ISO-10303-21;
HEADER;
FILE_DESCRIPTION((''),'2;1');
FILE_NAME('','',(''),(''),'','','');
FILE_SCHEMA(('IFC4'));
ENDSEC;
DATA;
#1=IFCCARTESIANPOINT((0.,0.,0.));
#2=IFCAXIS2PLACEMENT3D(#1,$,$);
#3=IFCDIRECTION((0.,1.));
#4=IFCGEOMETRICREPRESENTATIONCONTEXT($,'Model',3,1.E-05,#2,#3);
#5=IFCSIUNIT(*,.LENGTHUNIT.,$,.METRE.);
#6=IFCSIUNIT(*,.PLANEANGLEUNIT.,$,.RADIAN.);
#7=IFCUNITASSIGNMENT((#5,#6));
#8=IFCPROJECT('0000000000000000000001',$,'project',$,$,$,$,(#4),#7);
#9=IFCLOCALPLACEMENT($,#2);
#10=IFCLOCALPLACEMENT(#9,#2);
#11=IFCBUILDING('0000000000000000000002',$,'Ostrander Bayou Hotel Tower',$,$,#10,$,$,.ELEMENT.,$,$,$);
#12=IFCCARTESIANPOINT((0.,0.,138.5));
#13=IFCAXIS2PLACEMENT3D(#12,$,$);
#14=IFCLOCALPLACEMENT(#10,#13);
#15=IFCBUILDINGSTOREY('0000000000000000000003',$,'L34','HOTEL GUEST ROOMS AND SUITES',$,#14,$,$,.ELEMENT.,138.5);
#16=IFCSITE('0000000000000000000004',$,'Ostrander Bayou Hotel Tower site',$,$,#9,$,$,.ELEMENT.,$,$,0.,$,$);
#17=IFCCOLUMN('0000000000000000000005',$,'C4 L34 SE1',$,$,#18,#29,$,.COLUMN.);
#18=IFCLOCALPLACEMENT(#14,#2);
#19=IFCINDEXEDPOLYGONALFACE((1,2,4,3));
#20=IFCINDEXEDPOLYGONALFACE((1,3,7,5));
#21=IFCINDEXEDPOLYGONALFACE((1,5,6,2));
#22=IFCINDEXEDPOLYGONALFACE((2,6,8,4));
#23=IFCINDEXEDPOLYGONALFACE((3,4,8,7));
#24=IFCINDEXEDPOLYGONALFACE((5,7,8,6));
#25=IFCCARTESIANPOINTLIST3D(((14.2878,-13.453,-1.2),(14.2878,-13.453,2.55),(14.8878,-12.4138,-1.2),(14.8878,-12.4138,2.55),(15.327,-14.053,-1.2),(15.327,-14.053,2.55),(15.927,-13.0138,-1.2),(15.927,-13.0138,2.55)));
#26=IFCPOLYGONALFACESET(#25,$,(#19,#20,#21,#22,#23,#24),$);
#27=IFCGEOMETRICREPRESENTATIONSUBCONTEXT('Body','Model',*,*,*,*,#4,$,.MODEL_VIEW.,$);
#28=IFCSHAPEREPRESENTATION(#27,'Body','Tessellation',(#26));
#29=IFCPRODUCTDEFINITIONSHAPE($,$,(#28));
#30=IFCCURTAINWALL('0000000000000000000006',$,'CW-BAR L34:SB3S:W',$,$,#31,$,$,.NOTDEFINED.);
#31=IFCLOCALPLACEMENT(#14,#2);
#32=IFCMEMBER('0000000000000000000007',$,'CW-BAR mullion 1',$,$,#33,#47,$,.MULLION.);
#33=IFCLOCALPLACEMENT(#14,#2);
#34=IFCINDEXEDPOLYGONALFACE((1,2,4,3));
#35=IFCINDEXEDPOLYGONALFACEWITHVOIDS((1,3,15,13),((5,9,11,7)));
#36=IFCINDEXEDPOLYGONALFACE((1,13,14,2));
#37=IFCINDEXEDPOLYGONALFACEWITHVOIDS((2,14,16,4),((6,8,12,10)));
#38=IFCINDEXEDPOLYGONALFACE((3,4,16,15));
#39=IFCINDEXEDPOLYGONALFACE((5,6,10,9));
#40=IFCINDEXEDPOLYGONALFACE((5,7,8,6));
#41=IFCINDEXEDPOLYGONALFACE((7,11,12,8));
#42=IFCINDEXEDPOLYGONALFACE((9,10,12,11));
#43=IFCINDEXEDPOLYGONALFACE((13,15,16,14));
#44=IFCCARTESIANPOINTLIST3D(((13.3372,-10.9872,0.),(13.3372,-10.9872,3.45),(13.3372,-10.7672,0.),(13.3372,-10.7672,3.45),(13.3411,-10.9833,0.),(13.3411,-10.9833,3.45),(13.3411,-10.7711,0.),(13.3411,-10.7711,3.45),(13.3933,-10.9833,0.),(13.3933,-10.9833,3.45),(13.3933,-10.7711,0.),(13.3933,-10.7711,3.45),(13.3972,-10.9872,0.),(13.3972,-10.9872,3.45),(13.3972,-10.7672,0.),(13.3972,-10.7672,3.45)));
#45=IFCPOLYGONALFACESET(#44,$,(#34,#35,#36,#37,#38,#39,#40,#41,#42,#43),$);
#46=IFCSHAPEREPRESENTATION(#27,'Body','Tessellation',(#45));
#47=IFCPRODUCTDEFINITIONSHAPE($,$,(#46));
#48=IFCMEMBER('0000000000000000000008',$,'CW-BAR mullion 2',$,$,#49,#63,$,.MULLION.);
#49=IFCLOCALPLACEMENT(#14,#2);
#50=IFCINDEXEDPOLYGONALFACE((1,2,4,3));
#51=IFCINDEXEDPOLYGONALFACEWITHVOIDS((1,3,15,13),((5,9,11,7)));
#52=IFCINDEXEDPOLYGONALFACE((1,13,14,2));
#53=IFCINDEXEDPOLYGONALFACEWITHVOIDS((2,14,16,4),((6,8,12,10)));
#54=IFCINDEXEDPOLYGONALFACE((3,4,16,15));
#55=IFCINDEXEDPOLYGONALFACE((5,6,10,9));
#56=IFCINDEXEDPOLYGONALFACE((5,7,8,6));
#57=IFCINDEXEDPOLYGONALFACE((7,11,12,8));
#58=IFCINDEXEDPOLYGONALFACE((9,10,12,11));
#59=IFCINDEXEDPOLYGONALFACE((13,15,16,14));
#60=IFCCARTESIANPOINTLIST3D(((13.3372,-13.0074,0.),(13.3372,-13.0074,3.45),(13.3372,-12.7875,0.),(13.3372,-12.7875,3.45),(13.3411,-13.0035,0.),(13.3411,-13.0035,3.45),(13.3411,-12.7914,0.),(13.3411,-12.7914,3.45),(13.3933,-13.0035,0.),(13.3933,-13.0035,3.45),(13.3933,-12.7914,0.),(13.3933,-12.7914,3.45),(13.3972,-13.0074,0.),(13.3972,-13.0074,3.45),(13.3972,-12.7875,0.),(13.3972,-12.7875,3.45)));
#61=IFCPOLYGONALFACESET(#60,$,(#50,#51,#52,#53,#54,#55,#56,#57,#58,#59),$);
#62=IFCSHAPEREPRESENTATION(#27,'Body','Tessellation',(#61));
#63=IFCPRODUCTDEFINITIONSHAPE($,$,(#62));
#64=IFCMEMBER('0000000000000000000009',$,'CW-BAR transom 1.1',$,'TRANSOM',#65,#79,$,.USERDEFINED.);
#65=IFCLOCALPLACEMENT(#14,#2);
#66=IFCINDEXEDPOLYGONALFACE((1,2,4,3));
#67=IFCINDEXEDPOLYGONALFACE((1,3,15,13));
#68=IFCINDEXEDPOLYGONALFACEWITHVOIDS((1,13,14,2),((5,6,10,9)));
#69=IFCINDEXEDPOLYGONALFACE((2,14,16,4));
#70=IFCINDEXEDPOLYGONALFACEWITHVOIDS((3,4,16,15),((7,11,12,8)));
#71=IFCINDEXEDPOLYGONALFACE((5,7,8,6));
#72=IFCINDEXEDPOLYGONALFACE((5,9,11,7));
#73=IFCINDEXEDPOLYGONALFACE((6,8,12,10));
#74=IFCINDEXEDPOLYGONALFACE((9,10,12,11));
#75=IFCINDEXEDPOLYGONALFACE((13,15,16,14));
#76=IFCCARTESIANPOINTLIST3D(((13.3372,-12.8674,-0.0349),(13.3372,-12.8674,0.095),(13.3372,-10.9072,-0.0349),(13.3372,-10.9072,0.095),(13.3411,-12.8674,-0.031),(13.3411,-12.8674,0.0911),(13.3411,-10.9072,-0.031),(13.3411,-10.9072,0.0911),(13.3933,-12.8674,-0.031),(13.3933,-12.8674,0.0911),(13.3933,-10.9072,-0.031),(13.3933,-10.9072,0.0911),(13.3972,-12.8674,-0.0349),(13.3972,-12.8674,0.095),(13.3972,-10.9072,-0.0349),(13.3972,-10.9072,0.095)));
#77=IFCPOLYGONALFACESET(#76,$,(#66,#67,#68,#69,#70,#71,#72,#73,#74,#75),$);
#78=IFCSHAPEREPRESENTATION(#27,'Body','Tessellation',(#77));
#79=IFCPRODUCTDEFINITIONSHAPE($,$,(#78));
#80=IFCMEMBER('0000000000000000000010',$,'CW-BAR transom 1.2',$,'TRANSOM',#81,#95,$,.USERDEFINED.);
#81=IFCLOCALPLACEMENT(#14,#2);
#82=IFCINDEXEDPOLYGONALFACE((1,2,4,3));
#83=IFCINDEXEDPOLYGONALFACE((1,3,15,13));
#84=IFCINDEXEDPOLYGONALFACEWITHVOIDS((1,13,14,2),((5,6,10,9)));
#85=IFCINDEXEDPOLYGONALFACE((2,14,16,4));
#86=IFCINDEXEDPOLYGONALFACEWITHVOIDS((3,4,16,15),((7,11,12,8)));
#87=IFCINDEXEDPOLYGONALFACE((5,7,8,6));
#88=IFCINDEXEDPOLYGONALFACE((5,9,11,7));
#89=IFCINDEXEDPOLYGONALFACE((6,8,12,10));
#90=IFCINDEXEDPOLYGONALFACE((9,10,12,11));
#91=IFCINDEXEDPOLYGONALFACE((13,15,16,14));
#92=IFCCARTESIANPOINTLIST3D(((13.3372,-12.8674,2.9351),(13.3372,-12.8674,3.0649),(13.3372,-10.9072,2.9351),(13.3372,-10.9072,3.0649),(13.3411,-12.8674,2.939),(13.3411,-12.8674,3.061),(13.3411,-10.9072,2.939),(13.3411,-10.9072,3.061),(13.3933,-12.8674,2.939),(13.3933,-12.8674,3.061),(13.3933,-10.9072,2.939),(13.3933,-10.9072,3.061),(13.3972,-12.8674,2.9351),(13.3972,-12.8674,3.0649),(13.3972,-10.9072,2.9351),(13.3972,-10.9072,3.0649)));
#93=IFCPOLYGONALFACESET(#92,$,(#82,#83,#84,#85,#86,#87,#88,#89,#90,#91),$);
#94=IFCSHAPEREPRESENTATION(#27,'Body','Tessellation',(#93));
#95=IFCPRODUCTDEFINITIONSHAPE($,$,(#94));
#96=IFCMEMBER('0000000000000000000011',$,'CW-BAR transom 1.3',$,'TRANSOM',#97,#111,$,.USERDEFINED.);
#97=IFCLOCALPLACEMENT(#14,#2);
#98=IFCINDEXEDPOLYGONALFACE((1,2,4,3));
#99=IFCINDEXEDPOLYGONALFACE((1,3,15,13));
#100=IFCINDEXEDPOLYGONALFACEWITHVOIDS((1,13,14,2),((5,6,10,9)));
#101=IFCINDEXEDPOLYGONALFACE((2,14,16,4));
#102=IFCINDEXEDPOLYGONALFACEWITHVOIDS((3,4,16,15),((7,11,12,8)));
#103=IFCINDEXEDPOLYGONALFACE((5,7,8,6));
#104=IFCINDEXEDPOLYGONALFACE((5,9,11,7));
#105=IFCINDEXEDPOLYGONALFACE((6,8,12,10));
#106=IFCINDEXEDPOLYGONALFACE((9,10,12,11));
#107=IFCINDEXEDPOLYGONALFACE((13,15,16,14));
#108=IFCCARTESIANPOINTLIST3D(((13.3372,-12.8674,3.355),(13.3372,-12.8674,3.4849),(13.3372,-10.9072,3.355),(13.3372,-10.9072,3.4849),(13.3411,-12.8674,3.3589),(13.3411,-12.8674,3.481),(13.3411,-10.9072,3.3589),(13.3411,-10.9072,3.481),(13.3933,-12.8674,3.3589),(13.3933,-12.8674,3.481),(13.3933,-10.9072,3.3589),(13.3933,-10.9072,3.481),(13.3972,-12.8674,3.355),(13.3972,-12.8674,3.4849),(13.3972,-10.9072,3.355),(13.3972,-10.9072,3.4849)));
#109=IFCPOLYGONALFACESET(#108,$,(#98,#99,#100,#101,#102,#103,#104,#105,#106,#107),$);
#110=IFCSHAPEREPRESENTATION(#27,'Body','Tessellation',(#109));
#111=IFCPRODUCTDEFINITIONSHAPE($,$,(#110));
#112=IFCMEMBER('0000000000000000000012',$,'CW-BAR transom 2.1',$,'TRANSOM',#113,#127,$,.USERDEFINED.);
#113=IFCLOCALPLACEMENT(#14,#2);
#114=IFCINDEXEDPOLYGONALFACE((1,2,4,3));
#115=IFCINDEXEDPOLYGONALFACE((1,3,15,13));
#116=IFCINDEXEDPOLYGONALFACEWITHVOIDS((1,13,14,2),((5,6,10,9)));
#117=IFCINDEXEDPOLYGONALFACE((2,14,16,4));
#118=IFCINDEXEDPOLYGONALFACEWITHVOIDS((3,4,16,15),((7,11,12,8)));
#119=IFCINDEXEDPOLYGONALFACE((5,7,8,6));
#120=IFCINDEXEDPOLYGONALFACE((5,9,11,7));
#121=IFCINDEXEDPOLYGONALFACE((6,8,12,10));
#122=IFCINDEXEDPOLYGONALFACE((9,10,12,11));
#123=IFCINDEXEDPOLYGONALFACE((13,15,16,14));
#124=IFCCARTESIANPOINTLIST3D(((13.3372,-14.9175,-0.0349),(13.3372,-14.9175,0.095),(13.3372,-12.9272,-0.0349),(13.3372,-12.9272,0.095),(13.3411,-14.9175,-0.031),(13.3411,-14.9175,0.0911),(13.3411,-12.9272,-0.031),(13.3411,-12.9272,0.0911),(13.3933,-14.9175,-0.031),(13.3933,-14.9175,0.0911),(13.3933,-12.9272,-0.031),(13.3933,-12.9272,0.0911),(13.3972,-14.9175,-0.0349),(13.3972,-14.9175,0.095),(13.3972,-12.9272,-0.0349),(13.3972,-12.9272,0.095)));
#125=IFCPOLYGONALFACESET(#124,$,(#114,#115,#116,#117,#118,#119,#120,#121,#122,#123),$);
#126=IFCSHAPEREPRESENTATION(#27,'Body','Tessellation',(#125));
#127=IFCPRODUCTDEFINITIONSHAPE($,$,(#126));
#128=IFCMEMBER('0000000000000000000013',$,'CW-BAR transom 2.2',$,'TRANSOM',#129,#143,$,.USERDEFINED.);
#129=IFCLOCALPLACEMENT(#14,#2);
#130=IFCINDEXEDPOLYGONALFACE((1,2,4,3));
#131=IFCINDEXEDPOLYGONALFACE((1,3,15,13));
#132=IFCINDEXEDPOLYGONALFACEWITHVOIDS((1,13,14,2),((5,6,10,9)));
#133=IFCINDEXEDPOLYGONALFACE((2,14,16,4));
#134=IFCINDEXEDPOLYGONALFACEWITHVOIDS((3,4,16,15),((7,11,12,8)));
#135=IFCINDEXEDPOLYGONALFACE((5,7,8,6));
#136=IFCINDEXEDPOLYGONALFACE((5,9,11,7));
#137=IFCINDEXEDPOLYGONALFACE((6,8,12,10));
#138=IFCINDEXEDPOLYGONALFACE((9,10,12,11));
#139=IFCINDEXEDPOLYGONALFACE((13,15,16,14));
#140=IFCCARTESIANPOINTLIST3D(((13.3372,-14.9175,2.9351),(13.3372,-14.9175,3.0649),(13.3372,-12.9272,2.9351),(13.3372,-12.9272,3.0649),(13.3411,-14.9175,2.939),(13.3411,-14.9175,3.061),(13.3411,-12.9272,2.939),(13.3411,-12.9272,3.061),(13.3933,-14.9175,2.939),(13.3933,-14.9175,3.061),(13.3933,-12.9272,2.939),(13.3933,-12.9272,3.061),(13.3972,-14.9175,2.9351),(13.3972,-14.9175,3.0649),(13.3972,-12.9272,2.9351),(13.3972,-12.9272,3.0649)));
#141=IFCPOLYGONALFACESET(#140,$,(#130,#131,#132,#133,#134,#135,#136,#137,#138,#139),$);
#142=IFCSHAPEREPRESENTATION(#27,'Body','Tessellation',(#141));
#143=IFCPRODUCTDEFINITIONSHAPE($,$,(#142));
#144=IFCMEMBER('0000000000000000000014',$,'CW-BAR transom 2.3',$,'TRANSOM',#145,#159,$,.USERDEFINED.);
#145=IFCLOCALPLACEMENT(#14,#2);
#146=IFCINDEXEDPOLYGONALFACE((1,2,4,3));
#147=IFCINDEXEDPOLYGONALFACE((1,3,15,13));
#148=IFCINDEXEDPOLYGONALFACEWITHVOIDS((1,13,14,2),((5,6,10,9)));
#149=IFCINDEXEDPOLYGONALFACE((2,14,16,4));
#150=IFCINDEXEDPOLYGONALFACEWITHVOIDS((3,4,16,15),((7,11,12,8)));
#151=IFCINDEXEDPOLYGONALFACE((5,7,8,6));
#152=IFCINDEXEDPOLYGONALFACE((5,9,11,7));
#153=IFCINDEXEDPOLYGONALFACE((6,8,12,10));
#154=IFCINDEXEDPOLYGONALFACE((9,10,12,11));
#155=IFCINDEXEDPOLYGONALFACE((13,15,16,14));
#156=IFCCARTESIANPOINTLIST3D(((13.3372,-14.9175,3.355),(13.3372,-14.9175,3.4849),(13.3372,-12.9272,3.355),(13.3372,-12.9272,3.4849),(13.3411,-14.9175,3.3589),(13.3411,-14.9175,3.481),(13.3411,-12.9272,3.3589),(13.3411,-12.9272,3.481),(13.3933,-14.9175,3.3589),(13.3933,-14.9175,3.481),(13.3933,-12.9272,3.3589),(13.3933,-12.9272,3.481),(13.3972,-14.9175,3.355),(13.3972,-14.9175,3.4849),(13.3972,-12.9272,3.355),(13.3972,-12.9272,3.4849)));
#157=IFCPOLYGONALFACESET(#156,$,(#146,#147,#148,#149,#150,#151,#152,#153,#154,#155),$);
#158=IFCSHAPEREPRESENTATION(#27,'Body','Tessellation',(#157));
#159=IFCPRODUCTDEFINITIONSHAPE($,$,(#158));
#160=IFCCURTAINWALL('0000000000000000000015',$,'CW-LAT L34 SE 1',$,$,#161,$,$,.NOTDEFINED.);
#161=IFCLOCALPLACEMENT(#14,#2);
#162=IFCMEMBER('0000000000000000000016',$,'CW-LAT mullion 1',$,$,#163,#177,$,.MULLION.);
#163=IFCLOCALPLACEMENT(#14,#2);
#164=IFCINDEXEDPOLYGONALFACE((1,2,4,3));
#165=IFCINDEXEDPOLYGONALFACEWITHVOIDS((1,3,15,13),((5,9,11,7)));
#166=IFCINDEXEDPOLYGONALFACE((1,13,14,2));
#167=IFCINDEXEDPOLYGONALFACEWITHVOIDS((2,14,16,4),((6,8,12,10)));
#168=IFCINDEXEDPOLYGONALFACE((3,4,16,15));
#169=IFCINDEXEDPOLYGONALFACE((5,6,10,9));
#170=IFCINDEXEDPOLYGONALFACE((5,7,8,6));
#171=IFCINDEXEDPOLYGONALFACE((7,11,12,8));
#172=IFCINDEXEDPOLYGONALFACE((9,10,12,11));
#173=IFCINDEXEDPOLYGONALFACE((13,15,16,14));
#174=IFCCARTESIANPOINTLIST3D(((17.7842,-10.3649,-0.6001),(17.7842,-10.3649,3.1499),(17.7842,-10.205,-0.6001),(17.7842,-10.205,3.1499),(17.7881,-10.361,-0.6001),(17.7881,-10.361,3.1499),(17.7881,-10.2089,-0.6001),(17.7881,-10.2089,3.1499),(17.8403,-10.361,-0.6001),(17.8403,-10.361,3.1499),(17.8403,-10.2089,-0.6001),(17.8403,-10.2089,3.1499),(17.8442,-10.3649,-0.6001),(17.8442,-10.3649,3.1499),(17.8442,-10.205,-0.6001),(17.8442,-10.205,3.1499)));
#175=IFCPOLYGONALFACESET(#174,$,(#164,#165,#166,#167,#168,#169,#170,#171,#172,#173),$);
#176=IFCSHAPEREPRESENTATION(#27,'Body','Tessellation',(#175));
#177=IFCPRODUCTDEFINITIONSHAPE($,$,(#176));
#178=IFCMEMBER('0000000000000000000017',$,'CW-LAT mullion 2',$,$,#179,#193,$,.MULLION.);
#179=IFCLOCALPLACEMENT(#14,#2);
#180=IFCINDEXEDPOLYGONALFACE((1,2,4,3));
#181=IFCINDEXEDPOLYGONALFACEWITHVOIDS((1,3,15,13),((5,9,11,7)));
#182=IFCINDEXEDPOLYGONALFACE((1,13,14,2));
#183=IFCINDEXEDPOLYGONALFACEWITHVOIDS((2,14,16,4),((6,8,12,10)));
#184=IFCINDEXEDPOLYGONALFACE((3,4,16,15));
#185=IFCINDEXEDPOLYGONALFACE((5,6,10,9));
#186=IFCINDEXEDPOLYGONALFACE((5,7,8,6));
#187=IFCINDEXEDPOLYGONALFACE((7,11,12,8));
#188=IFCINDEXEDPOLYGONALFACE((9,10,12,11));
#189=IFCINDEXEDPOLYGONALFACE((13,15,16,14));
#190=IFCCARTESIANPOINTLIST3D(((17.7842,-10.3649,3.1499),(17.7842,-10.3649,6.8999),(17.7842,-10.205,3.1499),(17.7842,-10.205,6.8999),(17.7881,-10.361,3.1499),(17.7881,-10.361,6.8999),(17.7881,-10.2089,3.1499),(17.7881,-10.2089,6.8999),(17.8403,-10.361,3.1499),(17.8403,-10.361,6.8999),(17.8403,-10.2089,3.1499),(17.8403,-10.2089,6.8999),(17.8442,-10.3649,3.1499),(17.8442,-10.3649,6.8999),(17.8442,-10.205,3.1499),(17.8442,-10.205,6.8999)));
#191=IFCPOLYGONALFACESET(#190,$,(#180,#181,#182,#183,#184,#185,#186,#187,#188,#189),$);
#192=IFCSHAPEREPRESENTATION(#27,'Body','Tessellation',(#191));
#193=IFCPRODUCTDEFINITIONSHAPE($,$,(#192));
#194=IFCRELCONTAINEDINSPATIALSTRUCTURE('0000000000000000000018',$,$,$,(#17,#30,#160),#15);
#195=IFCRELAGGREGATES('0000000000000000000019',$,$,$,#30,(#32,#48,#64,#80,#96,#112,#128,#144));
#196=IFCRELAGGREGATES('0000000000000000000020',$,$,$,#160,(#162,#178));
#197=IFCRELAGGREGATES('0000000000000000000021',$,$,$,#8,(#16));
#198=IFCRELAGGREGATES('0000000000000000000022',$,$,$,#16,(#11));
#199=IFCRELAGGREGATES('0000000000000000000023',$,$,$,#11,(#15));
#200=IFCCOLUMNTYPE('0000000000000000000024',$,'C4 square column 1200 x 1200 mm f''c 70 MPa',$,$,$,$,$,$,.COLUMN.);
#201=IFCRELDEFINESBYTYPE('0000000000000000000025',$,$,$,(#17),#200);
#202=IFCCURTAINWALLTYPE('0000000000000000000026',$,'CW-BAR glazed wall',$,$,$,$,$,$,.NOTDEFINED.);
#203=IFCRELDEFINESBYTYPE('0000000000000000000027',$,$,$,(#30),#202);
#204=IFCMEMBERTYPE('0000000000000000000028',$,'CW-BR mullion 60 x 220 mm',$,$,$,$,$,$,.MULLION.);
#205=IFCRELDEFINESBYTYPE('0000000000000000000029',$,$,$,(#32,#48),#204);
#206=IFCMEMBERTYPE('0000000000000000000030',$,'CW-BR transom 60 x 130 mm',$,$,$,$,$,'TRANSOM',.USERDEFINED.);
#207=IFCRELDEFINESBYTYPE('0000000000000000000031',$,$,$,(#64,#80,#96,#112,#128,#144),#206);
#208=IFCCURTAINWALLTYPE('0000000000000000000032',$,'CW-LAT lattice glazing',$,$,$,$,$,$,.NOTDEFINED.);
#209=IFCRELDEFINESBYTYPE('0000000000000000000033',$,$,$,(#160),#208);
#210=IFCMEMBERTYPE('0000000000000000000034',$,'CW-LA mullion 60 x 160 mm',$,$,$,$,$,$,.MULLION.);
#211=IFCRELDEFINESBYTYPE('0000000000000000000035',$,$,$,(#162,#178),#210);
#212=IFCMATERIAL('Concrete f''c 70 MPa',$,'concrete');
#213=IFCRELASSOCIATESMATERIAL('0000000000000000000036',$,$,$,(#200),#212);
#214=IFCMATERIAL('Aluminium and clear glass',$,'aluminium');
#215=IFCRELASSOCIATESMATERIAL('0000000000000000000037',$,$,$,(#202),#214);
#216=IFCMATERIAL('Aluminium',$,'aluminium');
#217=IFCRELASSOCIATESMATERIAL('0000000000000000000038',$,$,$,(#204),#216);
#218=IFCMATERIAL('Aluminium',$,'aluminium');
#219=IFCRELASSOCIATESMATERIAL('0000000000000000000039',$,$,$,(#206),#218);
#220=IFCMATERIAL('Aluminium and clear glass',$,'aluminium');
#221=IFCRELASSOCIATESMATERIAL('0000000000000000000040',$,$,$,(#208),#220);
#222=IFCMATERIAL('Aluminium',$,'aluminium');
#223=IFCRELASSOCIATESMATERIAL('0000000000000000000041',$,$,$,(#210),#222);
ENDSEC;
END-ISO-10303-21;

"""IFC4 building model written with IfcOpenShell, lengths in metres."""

from ifc_helpers import new_model, si_unit, direction, frame, origin, origin_2d, place, context, subcontext, project, spatial, rectangle, hollow_rectangle, extrude, material, material_profile, profile_set, type_object, element, aggregate, save


model = new_model("IFC4")

# Units and contexts
model_context = context("Model", 3, precision=1e-05, world=origin(), true_north=direction((0.0, 1.0)))
body_context = subcontext(model_context, "Body", "Model", "MODEL_VIEW")
ifc_project = project(units=[si_unit("LENGTHUNIT", "METRE"), si_unit("PLANEANGLEUNIT", "RADIAN")], contexts=[model_context])

# Site, building, storey
site_placement = place(None, origin())
site = spatial("IfcSite", under=ifc_project, at=site_placement, Name="Ostrander Bayou Hotel Tower site", CompositionType="ELEMENT", RefElevation=0.0)
building_placement = place(site_placement, origin())
building = spatial("IfcBuilding", under=site, at=building_placement, Name="Ostrander Bayou Hotel Tower", CompositionType="ELEMENT")
storey_placement = place(building_placement, frame((0.0, 0.0, 138.5)))
storey = spatial("IfcBuildingStorey", under=building, at=storey_placement, Name="L34", Description="HOTEL GUEST ROOMS AND SUITES", CompositionType="ELEMENT", Elevation=138.5)

# Column
ifc_material_1 = material(Name="Concrete f'c 70 MPa", Category="concrete")
ifc_material_profile_1 = material_profile(ifc_material_1, rectangle(XDim=1.2, YDim=1.2, at=origin_2d()))
ifc_profile_set_1 = profile_set([ifc_material_profile_1], Name="Concrete f'c 70 MPa")
column_type = type_object("IfcColumnType", Name="C4 square column 1200 x 1200 mm f'c 70 MPa", PredefinedType="COLUMN", material=ifc_profile_set_1)
column_placement = place(storey_placement, frame((15.1074, -13.2334, -1.2), z_axis=(0.0, 0.0, 1.0), x_axis=(-0.5, -0.866025, 0.0)))
element("IfcColumn", 1, at=column_placement, inside=storey, type_object=column_type, Name="C4 L34 SE1", PredefinedType="COLUMN", context=body_context, shape_type="SweptSolid", body=[
    extrude(rectangle(XDim=1.2, YDim=1.2, at=origin_2d()), origin(), (0.0, 0.0, 1.0), 3.75),
])

# Curtain walls, members
ifc_material_2 = material(Name="Aluminium and clear glass", Category="aluminium")
curtain_wall_type_1 = type_object("IfcCurtainWallType", Name="CW-BAR glazed wall", PredefinedType="NOTDEFINED", material=ifc_material_2)
curtain_wall_1_placement = place(storey_placement, origin())
curtain_wall_1 = element("IfcCurtainWall", 2, at=curtain_wall_1_placement, inside=storey, type_object=curtain_wall_type_1, Name="CW-BAR L34:SB3S:W", PredefinedType="NOTDEFINED")
ifc_material_3 = material(Name="Aluminium", Category="aluminium")
ifc_material_profile_2 = material_profile(ifc_material_3, hollow_rectangle(XDim=0.0601, YDim=0.22, WallThickness=0.0039, at=origin_2d()))
ifc_profile_set_2 = profile_set([ifc_material_profile_2], Name="Aluminium")
member_type_1 = type_object("IfcMemberType", Name="CW-BR mullion 60 x 220 mm", PredefinedType="MULLION", material=ifc_profile_set_2)
member_1_placement = place(storey_placement, frame((13.3672, -10.8772, 0.0), z_axis=(0.0, 0.0, 1.0), x_axis=(1.0, 0.0, 0.0)))
member_1 = element("IfcMember", 3, at=member_1_placement, type_object=member_type_1, Name="CW-BAR mullion 1", PredefinedType="MULLION", context=body_context, shape_type="SweptSolid", body=[
    extrude(hollow_rectangle(XDim=0.0601, YDim=0.22, WallThickness=0.0039, at=origin_2d()), origin(), (0.0, 0.0, 1.0), 3.45),
])
member_2_placement = place(storey_placement, frame((13.3672, -12.8975, 0.0), z_axis=(0.0, 0.0, 1.0), x_axis=(1.0, 0.0, 0.0)))
member_2 = element("IfcMember", 4, at=member_2_placement, type_object=member_type_1, Name="CW-BAR mullion 2", PredefinedType="MULLION", context=body_context, shape_type="SweptSolid", body=[
    extrude(hollow_rectangle(XDim=0.0601, YDim=0.22, WallThickness=0.0039, at=origin_2d()), origin(), (0.0, 0.0, 1.0), 3.45),
])
ifc_material_4 = material(Name="Aluminium", Category="aluminium")
ifc_material_profile_3 = material_profile(ifc_material_4, hollow_rectangle(XDim=0.0601, YDim=0.1299, WallThickness=0.0039, at=origin_2d()))
ifc_profile_set_3 = profile_set([ifc_material_profile_3], Name="Aluminium")
member_type_2 = type_object("IfcMemberType", Name="CW-BR transom 60 x 130 mm", ElementType="TRANSOM", PredefinedType="USERDEFINED", material=ifc_profile_set_3)
member_3_placement = place(storey_placement, frame((13.3672, -10.9072, 0.03), z_axis=(0.0, -1.0, 0.0), x_axis=(1.0, 0.0, 0.0)))
member_3 = element("IfcMember", 5, at=member_3_placement, type_object=member_type_2, Name="CW-BAR transom 1.1", ObjectType="TRANSOM", PredefinedType="USERDEFINED", context=body_context, shape_type="SweptSolid", body=[
    extrude(hollow_rectangle(XDim=0.0601, YDim=0.1299, WallThickness=0.0039, at=origin_2d()), origin(), (0.0, 0.0, 1.0), 1.9602),
])
member_4_placement = place(storey_placement, frame((13.3672, -10.9072, 3.0), z_axis=(0.0, -1.0, 0.0), x_axis=(1.0, 0.0, 0.0)))
member_4 = element("IfcMember", 6, at=member_4_placement, type_object=member_type_2, Name="CW-BAR transom 1.2", ObjectType="TRANSOM", PredefinedType="USERDEFINED", context=body_context, shape_type="SweptSolid", body=[
    extrude(hollow_rectangle(XDim=0.0601, YDim=0.1299, WallThickness=0.0039, at=origin_2d()), origin(), (0.0, 0.0, 1.0), 1.9602),
])
member_5_placement = place(storey_placement, frame((13.3672, -10.9072, 3.4199), z_axis=(0.0, -1.0, 0.0), x_axis=(1.0, 0.0, 0.0)))
member_5 = element("IfcMember", 7, at=member_5_placement, type_object=member_type_2, Name="CW-BAR transom 1.3", ObjectType="TRANSOM", PredefinedType="USERDEFINED", context=body_context, shape_type="SweptSolid", body=[
    extrude(hollow_rectangle(XDim=0.0601, YDim=0.1299, WallThickness=0.0039, at=origin_2d()), origin(), (0.0, 0.0, 1.0), 1.9602),
])
member_6_placement = place(storey_placement, frame((13.3672, -12.9272, 0.03), z_axis=(0.0, -1.0, 0.0), x_axis=(1.0, 0.0, 0.0)))
member_6 = element("IfcMember", 8, at=member_6_placement, type_object=member_type_2, Name="CW-BAR transom 2.1", ObjectType="TRANSOM", PredefinedType="USERDEFINED", context=body_context, shape_type="SweptSolid", body=[
    extrude(hollow_rectangle(XDim=0.0601, YDim=0.1299, WallThickness=0.0039, at=origin_2d()), origin(), (0.0, 0.0, 1.0), 1.9902),
])
member_7_placement = place(storey_placement, frame((13.3672, -12.9272, 3.0), z_axis=(0.0, -1.0, 0.0), x_axis=(1.0, 0.0, 0.0)))
member_7 = element("IfcMember", 9, at=member_7_placement, type_object=member_type_2, Name="CW-BAR transom 2.2", ObjectType="TRANSOM", PredefinedType="USERDEFINED", context=body_context, shape_type="SweptSolid", body=[
    extrude(hollow_rectangle(XDim=0.0601, YDim=0.1299, WallThickness=0.0039, at=origin_2d()), origin(), (0.0, 0.0, 1.0), 1.9902),
])
member_8_placement = place(storey_placement, frame((13.3672, -12.9272, 3.4199), z_axis=(0.0, -1.0, 0.0), x_axis=(1.0, 0.0, 0.0)))
member_8 = element("IfcMember", 10, at=member_8_placement, type_object=member_type_2, Name="CW-BAR transom 2.3", ObjectType="TRANSOM", PredefinedType="USERDEFINED", context=body_context, shape_type="SweptSolid", body=[
    extrude(hollow_rectangle(XDim=0.0601, YDim=0.1299, WallThickness=0.0039, at=origin_2d()), origin(), (0.0, 0.0, 1.0), 1.9902),
])
ifc_material_5 = material(Name="Aluminium and clear glass", Category="aluminium")
curtain_wall_type_2 = type_object("IfcCurtainWallType", Name="CW-LAT lattice glazing", PredefinedType="NOTDEFINED", material=ifc_material_5)
curtain_wall_2_placement = place(storey_placement, origin())
curtain_wall_2 = element("IfcCurtainWall", 11, at=curtain_wall_2_placement, inside=storey, type_object=curtain_wall_type_2, Name="CW-LAT L34 SE 1", PredefinedType="NOTDEFINED")
ifc_material_6 = material(Name="Aluminium", Category="aluminium")
ifc_material_profile_4 = material_profile(ifc_material_6, hollow_rectangle(XDim=0.0601, YDim=0.1599, WallThickness=0.0039, at=origin_2d()))
ifc_profile_set_4 = profile_set([ifc_material_profile_4], Name="Aluminium")
member_type_3 = type_object("IfcMemberType", Name="CW-LA mullion 60 x 160 mm", PredefinedType="MULLION", material=ifc_profile_set_4)
member_9_placement = place(storey_placement, frame((17.8142, -10.2849, -0.6001), z_axis=(0.0, 0.0, 1.0), x_axis=(1.0, 0.0, 0.0)))
member_9 = element("IfcMember", 12, at=member_9_placement, type_object=member_type_3, Name="CW-LAT mullion 1", PredefinedType="MULLION", context=body_context, shape_type="SweptSolid", body=[
    extrude(hollow_rectangle(XDim=0.0601, YDim=0.1599, WallThickness=0.0039, at=origin_2d()), origin(), (0.0, 0.0, 1.0), 3.75),
])
member_10_placement = place(storey_placement, frame((17.8142, -10.2849, 3.1499), z_axis=(0.0, 0.0, 1.0), x_axis=(1.0, 0.0, 0.0)))
member_10 = element("IfcMember", 13, at=member_10_placement, type_object=member_type_3, Name="CW-LAT mullion 2", PredefinedType="MULLION", context=body_context, shape_type="SweptSolid", body=[
    extrude(hollow_rectangle(XDim=0.0601, YDim=0.1599, WallThickness=0.0039, at=origin_2d()), origin(), (0.0, 0.0, 1.0), 3.75),
])

aggregate(curtain_wall_1, [member_1, member_2, member_3, member_4, member_5, member_6, member_7, member_8])
aggregate(curtain_wall_2, [member_9, member_10])

save(model, "model.ifc")
